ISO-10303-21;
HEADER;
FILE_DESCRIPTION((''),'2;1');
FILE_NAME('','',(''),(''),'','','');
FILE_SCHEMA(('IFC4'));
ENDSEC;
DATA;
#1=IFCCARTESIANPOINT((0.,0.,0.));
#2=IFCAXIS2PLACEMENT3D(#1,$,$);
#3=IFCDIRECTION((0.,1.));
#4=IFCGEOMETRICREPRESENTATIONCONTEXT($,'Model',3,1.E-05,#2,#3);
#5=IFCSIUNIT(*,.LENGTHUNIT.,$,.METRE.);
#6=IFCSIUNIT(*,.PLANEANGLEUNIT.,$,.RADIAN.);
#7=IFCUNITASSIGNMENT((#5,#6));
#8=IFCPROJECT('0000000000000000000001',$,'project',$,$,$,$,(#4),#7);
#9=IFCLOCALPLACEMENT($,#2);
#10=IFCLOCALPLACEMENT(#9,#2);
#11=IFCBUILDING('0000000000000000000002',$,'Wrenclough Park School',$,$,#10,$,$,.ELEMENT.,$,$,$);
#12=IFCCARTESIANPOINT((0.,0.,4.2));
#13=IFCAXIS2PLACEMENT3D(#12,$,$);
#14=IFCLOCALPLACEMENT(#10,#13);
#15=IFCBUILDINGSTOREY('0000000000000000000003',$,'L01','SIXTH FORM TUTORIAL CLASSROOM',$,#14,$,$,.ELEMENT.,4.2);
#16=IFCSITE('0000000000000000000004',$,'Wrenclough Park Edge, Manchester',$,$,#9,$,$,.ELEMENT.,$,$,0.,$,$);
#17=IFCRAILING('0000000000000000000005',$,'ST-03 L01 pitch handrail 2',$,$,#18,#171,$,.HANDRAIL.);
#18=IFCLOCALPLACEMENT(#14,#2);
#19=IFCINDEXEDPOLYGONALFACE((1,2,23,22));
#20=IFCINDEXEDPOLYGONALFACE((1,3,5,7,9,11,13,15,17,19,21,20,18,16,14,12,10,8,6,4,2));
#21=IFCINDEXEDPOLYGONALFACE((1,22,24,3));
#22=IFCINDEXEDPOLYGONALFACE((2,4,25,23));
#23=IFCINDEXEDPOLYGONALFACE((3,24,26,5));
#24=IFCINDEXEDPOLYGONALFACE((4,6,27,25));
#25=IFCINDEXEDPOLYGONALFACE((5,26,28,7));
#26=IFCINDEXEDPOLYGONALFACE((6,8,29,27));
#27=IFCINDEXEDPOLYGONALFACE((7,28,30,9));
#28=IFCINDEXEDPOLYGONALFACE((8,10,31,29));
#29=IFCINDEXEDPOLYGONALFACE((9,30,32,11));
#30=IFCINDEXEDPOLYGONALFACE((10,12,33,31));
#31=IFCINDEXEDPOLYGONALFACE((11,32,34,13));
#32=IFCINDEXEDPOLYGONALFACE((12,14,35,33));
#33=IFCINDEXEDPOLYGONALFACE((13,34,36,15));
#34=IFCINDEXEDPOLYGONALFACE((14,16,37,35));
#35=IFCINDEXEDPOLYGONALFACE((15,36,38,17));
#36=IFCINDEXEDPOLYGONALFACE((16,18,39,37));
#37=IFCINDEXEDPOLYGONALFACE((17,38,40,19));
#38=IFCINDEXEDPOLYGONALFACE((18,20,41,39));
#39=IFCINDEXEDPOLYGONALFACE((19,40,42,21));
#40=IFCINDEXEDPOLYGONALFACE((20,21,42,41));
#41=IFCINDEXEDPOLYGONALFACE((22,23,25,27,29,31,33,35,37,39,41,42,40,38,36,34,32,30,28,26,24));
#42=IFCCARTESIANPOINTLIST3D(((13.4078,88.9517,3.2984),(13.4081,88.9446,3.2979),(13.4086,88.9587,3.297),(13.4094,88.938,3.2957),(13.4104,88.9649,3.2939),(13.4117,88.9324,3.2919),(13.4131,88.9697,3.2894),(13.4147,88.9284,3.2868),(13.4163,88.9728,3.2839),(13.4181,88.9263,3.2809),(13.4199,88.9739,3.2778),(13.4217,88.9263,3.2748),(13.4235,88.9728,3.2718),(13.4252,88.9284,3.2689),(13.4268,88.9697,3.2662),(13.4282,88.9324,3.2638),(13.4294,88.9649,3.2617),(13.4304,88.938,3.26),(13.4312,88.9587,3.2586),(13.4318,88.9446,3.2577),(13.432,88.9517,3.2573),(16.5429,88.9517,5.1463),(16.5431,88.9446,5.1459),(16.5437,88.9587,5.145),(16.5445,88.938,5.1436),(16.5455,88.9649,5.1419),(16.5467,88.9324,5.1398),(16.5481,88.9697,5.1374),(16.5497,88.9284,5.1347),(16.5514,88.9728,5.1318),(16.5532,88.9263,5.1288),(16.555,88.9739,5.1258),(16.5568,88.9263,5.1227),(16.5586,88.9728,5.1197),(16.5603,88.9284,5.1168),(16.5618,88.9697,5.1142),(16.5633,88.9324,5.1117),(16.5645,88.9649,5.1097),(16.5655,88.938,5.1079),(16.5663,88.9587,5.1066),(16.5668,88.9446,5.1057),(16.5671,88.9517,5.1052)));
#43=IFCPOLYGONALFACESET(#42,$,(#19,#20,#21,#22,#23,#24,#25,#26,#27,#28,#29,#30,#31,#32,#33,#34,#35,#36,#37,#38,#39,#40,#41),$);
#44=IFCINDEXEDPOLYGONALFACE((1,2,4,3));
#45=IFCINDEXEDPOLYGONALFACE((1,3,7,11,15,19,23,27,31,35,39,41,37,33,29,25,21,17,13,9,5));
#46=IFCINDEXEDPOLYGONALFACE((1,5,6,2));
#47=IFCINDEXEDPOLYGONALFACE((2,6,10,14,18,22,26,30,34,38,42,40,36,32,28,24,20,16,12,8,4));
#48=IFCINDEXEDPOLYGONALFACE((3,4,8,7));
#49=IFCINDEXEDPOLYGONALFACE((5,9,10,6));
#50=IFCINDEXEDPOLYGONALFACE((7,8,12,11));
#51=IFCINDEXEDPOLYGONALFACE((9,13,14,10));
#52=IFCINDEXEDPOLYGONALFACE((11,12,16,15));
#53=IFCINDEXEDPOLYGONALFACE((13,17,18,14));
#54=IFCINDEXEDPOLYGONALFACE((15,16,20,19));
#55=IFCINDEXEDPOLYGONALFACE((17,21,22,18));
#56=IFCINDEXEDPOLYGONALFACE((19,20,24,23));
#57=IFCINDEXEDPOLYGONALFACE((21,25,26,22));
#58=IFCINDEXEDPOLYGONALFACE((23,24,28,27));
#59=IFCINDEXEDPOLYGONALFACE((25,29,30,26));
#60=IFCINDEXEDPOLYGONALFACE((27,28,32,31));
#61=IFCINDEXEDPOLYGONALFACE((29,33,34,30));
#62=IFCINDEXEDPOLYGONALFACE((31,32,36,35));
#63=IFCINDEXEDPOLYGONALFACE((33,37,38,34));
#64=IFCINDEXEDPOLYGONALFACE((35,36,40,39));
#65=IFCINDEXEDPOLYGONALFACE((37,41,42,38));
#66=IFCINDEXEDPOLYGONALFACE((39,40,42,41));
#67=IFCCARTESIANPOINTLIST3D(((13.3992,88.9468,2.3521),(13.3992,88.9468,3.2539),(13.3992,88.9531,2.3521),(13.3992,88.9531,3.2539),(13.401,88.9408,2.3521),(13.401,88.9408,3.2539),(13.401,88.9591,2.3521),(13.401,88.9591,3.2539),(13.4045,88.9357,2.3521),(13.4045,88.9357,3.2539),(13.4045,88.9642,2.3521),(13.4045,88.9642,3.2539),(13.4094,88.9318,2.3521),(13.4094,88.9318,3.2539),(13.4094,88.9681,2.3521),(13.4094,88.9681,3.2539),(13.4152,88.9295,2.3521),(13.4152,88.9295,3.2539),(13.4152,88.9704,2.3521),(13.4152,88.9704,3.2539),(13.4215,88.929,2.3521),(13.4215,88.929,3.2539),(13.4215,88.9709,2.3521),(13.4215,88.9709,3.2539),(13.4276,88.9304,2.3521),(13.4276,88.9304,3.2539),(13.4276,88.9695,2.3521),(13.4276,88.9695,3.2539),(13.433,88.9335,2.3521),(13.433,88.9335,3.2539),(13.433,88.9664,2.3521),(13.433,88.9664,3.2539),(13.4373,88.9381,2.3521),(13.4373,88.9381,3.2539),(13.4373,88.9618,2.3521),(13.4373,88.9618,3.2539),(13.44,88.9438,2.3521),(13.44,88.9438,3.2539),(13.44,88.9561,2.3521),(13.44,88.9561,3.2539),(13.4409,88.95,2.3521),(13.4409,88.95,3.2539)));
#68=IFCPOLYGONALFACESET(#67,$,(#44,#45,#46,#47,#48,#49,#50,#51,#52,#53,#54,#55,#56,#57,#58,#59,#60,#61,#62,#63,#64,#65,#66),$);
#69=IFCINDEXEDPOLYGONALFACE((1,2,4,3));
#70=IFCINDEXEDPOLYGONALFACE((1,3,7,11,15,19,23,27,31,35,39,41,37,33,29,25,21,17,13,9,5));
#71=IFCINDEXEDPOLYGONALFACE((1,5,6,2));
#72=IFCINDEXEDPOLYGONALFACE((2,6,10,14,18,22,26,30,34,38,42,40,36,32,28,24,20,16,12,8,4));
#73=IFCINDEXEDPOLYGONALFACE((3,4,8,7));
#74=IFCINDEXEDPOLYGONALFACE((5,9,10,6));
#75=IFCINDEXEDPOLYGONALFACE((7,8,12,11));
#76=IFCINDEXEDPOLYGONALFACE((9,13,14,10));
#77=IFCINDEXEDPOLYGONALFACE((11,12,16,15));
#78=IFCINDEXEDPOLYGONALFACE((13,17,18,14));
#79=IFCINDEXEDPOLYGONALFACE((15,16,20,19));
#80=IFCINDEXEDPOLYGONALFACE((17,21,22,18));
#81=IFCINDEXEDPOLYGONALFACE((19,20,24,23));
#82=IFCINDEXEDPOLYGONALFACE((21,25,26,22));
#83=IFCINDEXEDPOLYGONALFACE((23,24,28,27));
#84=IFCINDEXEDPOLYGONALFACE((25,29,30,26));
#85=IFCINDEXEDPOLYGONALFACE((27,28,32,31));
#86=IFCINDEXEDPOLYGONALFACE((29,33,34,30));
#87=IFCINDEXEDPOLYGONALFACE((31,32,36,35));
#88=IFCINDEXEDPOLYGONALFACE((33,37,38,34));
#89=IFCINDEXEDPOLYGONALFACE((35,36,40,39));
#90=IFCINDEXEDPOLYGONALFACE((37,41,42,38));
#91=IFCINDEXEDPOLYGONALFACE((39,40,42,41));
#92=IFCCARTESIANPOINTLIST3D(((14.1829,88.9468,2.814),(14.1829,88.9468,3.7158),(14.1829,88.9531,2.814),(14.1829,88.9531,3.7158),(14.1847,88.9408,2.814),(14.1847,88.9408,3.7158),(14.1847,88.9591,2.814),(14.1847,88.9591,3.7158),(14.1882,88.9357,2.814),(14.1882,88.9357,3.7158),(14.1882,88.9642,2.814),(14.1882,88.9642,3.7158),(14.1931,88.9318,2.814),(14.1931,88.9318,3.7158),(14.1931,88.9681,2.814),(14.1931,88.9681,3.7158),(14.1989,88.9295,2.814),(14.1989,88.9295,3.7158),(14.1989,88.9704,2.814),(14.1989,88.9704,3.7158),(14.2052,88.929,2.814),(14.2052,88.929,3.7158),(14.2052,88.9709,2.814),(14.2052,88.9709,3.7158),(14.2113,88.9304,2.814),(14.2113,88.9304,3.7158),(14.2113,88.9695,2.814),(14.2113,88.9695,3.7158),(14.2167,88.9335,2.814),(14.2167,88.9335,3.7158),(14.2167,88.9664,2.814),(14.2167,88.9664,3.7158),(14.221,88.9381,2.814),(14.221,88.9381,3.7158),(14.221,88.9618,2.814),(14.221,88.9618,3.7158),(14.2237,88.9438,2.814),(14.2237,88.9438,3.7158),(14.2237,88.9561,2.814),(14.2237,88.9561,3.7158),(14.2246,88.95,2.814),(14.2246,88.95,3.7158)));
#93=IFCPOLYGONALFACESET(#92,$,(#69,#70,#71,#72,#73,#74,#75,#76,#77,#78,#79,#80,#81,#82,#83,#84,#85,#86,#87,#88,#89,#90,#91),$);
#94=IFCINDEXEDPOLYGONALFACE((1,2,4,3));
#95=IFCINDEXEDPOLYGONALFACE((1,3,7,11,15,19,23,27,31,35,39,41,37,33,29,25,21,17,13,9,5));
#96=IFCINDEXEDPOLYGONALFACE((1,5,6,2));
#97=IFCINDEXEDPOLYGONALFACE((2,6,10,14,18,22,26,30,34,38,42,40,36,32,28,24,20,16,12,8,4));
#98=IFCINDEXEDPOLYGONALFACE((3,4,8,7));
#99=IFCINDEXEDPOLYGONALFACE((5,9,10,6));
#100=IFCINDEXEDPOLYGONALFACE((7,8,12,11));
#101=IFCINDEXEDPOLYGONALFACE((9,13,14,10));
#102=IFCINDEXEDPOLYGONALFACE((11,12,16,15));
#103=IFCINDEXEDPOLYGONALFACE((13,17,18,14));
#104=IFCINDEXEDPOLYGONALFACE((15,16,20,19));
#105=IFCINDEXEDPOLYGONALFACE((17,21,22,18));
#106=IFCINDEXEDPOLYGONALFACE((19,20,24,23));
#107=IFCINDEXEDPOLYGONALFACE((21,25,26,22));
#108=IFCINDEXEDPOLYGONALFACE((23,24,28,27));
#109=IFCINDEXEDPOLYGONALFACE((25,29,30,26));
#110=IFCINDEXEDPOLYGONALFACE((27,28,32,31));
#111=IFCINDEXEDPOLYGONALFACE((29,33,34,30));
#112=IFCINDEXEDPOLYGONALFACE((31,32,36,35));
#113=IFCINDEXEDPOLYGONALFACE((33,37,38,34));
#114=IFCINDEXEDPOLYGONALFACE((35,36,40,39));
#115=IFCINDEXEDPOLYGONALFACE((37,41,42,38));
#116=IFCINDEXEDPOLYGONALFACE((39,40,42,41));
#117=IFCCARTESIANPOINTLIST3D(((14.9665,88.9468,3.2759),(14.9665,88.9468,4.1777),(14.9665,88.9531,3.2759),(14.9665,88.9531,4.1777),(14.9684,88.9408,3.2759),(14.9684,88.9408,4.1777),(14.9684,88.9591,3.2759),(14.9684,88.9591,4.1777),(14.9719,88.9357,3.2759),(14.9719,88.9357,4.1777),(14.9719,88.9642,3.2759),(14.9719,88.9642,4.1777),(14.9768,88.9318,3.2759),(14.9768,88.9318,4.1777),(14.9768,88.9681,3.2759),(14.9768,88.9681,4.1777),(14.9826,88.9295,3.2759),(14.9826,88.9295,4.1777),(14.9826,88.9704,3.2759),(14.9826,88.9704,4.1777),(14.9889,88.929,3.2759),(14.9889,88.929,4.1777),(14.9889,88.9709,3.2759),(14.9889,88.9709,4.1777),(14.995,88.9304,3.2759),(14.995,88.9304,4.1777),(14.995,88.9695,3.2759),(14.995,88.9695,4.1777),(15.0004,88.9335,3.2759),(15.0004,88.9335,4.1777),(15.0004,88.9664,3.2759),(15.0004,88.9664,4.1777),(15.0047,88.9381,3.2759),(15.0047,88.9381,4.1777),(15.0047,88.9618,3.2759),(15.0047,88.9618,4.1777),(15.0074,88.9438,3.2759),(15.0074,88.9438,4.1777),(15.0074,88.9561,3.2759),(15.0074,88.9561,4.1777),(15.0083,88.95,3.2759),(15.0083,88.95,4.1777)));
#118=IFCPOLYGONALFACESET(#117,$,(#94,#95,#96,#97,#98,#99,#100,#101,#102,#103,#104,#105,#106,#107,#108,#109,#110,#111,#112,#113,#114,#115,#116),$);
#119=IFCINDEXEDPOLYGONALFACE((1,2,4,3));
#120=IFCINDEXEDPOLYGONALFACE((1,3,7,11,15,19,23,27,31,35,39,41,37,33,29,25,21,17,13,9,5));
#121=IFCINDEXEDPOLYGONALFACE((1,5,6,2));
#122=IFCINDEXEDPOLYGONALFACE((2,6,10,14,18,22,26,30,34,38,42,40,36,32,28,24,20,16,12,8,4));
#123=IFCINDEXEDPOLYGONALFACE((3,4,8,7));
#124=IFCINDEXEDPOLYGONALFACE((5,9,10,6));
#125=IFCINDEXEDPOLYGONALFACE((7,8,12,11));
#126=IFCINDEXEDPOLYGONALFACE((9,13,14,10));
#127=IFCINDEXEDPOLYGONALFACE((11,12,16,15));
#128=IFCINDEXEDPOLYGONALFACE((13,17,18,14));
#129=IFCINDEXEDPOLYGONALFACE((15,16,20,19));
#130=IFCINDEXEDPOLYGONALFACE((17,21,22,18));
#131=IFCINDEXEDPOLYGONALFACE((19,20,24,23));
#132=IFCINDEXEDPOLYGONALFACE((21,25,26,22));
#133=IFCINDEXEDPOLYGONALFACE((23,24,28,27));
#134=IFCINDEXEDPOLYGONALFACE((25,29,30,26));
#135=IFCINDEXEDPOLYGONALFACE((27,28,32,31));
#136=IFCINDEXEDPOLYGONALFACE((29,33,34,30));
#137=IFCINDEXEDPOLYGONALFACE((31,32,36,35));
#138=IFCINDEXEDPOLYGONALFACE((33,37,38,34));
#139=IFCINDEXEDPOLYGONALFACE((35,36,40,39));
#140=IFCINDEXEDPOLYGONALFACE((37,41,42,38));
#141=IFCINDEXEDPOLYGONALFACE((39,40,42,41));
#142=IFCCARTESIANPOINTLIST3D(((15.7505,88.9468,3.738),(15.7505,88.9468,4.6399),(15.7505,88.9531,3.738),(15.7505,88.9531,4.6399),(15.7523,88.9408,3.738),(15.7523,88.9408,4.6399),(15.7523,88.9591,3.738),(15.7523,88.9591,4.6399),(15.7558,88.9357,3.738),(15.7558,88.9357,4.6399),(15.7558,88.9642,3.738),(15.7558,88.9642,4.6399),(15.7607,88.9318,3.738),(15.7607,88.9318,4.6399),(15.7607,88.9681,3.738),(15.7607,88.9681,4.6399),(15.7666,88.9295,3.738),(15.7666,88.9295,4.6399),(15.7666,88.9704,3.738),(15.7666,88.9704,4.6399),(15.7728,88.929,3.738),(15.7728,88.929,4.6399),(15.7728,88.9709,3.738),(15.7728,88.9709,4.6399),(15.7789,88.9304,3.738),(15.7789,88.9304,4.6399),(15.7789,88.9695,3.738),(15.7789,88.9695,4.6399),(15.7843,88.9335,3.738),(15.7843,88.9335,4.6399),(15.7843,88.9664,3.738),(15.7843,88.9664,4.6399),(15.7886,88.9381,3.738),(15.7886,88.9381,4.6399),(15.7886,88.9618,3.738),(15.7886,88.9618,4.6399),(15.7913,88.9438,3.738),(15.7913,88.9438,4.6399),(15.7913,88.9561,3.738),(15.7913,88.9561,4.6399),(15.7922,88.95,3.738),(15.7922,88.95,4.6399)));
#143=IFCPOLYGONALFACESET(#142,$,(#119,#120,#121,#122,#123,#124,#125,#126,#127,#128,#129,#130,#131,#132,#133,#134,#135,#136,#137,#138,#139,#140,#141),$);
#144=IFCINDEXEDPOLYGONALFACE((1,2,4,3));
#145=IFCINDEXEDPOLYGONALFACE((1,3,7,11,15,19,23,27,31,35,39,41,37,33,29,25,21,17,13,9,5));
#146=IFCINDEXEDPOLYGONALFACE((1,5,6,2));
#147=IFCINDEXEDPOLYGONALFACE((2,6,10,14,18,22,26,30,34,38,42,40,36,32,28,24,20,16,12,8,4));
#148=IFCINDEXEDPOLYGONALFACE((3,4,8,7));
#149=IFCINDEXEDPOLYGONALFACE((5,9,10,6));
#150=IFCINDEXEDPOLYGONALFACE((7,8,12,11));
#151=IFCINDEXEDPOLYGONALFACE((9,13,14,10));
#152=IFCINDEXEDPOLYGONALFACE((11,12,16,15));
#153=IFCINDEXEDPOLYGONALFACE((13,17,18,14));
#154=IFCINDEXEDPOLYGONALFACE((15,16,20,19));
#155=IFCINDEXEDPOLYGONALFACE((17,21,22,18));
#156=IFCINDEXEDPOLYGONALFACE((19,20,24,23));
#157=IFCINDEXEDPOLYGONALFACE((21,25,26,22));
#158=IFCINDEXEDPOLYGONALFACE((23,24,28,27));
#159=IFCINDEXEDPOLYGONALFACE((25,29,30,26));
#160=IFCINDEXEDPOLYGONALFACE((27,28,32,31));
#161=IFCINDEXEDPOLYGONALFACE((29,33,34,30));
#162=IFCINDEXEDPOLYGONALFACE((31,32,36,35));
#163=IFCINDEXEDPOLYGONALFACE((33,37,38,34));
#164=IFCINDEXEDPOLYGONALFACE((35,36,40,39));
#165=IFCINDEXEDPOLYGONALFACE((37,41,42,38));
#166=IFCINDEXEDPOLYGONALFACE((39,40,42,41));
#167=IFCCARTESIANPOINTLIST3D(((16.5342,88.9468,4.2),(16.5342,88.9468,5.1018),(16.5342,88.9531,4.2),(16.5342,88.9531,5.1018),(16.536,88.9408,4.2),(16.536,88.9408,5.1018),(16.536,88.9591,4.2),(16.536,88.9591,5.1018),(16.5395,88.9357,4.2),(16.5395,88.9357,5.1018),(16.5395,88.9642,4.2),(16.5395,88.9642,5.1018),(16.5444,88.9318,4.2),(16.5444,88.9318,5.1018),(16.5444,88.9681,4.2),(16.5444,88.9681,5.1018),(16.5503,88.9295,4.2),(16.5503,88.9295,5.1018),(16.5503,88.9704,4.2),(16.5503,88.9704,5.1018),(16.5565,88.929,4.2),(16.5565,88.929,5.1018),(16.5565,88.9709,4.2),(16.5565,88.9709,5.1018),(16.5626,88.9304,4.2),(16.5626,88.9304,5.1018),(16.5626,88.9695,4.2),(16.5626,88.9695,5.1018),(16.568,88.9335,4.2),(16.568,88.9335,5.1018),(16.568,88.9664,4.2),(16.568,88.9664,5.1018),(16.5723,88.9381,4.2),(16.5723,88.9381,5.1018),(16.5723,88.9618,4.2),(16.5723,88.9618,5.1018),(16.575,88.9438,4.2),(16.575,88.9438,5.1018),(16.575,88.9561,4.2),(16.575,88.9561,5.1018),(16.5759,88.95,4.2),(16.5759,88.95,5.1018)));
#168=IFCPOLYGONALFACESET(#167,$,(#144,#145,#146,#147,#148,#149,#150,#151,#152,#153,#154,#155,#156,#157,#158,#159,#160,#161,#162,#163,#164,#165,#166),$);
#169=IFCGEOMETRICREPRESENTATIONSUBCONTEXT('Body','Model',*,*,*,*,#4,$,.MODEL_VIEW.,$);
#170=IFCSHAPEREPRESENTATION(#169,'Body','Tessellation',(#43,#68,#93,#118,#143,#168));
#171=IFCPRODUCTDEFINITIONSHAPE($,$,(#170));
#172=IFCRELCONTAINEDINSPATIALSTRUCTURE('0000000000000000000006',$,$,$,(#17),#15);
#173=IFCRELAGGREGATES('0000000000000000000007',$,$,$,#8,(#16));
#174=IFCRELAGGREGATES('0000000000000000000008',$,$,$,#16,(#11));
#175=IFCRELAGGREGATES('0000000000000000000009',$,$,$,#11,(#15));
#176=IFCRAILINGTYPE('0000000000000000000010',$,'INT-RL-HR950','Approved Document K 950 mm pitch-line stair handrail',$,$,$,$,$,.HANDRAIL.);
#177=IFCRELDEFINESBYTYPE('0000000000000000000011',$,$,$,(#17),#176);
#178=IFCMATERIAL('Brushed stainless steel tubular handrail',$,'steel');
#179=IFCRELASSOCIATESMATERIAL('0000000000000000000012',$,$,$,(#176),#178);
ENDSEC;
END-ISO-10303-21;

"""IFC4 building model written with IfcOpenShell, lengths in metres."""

from ifc_helpers import new_model, si_unit, direction, frame, origin, origin_2d, place, context, subcontext, project, spatial, circle, extrude, material, type_object, element, save


model = new_model("IFC4")

# Units and contexts
model_context = context("Model", 3, precision=1e-05, world=origin(), true_north=direction((0.0, 1.0)))
body_context = subcontext(model_context, "Body", "Model", "MODEL_VIEW")
ifc_project = project(units=[si_unit("LENGTHUNIT", "METRE"), si_unit("PLANEANGLEUNIT", "RADIAN")], contexts=[model_context])

# Site, building, storey
site_placement = place(None, origin())
site = spatial("IfcSite", under=ifc_project, at=site_placement, Name="Wrenclough Park Edge, Manchester", CompositionType="ELEMENT", RefElevation=0.0)
building_placement = place(site_placement, origin())
building = spatial("IfcBuilding", under=site, at=building_placement, Name="Wrenclough Park School", CompositionType="ELEMENT")
storey_placement = place(building_placement, frame((0.0, 0.0, 4.2)))
storey = spatial("IfcBuildingStorey", under=building, at=storey_placement, Name="L01", Description="SIXTH FORM TUTORIAL CLASSROOM", CompositionType="ELEMENT", Elevation=4.2)

# Railing
ifc_material_1 = material(Name="Brushed stainless steel tubular handrail", Category="steel")
railing_type_1 = type_object("IfcRailingType", Name="INT-RL-HR950", Description="Approved Document K 950 mm pitch-line stair handrail", PredefinedType="HANDRAIL", material=ifc_material_1)
railing_1_placement = place(storey_placement, frame((13.4199, 88.95, 2.3521)))
element("IfcRailing", 1, at=railing_1_placement, inside=storey, type_object=railing_type_1, Name="ST-03 L01 pitch handrail 2", PredefinedType="HANDRAIL", context=body_context, shape_type="SweptSolid", body=[
    extrude(circle(Radius=0.0239, at=origin_2d()), frame((0.0, 0.0, 0.9258), z_axis=(0.86148, 0.0, 0.507791), x_axis=(0.0, 1.0, 0.0)), (0.0, 0.0, 1.0), 3.6392),
    extrude(circle(Radius=0.021, at=origin_2d()), origin(), (0.0, 0.0, 1.0), 0.9019),
    extrude(circle(Radius=0.021, at=origin_2d()), frame((0.7837, 0.0, 0.4619)), (0.0, 0.0, 1.0), 0.9019),
    extrude(circle(Radius=0.021, at=origin_2d()), frame((1.5674, 0.0, 0.9238)), (0.0, 0.0, 1.0), 0.9019),
    extrude(circle(Radius=0.021, at=origin_2d()), frame((2.3513, 0.0, 1.386)), (0.0, 0.0, 1.0), 0.9019),
    extrude(circle(Radius=0.021, at=origin_2d()), frame((3.135, 0.0, 1.8479)), (0.0, 0.0, 1.0), 0.9019),
])

save(model, "model.ifc")
